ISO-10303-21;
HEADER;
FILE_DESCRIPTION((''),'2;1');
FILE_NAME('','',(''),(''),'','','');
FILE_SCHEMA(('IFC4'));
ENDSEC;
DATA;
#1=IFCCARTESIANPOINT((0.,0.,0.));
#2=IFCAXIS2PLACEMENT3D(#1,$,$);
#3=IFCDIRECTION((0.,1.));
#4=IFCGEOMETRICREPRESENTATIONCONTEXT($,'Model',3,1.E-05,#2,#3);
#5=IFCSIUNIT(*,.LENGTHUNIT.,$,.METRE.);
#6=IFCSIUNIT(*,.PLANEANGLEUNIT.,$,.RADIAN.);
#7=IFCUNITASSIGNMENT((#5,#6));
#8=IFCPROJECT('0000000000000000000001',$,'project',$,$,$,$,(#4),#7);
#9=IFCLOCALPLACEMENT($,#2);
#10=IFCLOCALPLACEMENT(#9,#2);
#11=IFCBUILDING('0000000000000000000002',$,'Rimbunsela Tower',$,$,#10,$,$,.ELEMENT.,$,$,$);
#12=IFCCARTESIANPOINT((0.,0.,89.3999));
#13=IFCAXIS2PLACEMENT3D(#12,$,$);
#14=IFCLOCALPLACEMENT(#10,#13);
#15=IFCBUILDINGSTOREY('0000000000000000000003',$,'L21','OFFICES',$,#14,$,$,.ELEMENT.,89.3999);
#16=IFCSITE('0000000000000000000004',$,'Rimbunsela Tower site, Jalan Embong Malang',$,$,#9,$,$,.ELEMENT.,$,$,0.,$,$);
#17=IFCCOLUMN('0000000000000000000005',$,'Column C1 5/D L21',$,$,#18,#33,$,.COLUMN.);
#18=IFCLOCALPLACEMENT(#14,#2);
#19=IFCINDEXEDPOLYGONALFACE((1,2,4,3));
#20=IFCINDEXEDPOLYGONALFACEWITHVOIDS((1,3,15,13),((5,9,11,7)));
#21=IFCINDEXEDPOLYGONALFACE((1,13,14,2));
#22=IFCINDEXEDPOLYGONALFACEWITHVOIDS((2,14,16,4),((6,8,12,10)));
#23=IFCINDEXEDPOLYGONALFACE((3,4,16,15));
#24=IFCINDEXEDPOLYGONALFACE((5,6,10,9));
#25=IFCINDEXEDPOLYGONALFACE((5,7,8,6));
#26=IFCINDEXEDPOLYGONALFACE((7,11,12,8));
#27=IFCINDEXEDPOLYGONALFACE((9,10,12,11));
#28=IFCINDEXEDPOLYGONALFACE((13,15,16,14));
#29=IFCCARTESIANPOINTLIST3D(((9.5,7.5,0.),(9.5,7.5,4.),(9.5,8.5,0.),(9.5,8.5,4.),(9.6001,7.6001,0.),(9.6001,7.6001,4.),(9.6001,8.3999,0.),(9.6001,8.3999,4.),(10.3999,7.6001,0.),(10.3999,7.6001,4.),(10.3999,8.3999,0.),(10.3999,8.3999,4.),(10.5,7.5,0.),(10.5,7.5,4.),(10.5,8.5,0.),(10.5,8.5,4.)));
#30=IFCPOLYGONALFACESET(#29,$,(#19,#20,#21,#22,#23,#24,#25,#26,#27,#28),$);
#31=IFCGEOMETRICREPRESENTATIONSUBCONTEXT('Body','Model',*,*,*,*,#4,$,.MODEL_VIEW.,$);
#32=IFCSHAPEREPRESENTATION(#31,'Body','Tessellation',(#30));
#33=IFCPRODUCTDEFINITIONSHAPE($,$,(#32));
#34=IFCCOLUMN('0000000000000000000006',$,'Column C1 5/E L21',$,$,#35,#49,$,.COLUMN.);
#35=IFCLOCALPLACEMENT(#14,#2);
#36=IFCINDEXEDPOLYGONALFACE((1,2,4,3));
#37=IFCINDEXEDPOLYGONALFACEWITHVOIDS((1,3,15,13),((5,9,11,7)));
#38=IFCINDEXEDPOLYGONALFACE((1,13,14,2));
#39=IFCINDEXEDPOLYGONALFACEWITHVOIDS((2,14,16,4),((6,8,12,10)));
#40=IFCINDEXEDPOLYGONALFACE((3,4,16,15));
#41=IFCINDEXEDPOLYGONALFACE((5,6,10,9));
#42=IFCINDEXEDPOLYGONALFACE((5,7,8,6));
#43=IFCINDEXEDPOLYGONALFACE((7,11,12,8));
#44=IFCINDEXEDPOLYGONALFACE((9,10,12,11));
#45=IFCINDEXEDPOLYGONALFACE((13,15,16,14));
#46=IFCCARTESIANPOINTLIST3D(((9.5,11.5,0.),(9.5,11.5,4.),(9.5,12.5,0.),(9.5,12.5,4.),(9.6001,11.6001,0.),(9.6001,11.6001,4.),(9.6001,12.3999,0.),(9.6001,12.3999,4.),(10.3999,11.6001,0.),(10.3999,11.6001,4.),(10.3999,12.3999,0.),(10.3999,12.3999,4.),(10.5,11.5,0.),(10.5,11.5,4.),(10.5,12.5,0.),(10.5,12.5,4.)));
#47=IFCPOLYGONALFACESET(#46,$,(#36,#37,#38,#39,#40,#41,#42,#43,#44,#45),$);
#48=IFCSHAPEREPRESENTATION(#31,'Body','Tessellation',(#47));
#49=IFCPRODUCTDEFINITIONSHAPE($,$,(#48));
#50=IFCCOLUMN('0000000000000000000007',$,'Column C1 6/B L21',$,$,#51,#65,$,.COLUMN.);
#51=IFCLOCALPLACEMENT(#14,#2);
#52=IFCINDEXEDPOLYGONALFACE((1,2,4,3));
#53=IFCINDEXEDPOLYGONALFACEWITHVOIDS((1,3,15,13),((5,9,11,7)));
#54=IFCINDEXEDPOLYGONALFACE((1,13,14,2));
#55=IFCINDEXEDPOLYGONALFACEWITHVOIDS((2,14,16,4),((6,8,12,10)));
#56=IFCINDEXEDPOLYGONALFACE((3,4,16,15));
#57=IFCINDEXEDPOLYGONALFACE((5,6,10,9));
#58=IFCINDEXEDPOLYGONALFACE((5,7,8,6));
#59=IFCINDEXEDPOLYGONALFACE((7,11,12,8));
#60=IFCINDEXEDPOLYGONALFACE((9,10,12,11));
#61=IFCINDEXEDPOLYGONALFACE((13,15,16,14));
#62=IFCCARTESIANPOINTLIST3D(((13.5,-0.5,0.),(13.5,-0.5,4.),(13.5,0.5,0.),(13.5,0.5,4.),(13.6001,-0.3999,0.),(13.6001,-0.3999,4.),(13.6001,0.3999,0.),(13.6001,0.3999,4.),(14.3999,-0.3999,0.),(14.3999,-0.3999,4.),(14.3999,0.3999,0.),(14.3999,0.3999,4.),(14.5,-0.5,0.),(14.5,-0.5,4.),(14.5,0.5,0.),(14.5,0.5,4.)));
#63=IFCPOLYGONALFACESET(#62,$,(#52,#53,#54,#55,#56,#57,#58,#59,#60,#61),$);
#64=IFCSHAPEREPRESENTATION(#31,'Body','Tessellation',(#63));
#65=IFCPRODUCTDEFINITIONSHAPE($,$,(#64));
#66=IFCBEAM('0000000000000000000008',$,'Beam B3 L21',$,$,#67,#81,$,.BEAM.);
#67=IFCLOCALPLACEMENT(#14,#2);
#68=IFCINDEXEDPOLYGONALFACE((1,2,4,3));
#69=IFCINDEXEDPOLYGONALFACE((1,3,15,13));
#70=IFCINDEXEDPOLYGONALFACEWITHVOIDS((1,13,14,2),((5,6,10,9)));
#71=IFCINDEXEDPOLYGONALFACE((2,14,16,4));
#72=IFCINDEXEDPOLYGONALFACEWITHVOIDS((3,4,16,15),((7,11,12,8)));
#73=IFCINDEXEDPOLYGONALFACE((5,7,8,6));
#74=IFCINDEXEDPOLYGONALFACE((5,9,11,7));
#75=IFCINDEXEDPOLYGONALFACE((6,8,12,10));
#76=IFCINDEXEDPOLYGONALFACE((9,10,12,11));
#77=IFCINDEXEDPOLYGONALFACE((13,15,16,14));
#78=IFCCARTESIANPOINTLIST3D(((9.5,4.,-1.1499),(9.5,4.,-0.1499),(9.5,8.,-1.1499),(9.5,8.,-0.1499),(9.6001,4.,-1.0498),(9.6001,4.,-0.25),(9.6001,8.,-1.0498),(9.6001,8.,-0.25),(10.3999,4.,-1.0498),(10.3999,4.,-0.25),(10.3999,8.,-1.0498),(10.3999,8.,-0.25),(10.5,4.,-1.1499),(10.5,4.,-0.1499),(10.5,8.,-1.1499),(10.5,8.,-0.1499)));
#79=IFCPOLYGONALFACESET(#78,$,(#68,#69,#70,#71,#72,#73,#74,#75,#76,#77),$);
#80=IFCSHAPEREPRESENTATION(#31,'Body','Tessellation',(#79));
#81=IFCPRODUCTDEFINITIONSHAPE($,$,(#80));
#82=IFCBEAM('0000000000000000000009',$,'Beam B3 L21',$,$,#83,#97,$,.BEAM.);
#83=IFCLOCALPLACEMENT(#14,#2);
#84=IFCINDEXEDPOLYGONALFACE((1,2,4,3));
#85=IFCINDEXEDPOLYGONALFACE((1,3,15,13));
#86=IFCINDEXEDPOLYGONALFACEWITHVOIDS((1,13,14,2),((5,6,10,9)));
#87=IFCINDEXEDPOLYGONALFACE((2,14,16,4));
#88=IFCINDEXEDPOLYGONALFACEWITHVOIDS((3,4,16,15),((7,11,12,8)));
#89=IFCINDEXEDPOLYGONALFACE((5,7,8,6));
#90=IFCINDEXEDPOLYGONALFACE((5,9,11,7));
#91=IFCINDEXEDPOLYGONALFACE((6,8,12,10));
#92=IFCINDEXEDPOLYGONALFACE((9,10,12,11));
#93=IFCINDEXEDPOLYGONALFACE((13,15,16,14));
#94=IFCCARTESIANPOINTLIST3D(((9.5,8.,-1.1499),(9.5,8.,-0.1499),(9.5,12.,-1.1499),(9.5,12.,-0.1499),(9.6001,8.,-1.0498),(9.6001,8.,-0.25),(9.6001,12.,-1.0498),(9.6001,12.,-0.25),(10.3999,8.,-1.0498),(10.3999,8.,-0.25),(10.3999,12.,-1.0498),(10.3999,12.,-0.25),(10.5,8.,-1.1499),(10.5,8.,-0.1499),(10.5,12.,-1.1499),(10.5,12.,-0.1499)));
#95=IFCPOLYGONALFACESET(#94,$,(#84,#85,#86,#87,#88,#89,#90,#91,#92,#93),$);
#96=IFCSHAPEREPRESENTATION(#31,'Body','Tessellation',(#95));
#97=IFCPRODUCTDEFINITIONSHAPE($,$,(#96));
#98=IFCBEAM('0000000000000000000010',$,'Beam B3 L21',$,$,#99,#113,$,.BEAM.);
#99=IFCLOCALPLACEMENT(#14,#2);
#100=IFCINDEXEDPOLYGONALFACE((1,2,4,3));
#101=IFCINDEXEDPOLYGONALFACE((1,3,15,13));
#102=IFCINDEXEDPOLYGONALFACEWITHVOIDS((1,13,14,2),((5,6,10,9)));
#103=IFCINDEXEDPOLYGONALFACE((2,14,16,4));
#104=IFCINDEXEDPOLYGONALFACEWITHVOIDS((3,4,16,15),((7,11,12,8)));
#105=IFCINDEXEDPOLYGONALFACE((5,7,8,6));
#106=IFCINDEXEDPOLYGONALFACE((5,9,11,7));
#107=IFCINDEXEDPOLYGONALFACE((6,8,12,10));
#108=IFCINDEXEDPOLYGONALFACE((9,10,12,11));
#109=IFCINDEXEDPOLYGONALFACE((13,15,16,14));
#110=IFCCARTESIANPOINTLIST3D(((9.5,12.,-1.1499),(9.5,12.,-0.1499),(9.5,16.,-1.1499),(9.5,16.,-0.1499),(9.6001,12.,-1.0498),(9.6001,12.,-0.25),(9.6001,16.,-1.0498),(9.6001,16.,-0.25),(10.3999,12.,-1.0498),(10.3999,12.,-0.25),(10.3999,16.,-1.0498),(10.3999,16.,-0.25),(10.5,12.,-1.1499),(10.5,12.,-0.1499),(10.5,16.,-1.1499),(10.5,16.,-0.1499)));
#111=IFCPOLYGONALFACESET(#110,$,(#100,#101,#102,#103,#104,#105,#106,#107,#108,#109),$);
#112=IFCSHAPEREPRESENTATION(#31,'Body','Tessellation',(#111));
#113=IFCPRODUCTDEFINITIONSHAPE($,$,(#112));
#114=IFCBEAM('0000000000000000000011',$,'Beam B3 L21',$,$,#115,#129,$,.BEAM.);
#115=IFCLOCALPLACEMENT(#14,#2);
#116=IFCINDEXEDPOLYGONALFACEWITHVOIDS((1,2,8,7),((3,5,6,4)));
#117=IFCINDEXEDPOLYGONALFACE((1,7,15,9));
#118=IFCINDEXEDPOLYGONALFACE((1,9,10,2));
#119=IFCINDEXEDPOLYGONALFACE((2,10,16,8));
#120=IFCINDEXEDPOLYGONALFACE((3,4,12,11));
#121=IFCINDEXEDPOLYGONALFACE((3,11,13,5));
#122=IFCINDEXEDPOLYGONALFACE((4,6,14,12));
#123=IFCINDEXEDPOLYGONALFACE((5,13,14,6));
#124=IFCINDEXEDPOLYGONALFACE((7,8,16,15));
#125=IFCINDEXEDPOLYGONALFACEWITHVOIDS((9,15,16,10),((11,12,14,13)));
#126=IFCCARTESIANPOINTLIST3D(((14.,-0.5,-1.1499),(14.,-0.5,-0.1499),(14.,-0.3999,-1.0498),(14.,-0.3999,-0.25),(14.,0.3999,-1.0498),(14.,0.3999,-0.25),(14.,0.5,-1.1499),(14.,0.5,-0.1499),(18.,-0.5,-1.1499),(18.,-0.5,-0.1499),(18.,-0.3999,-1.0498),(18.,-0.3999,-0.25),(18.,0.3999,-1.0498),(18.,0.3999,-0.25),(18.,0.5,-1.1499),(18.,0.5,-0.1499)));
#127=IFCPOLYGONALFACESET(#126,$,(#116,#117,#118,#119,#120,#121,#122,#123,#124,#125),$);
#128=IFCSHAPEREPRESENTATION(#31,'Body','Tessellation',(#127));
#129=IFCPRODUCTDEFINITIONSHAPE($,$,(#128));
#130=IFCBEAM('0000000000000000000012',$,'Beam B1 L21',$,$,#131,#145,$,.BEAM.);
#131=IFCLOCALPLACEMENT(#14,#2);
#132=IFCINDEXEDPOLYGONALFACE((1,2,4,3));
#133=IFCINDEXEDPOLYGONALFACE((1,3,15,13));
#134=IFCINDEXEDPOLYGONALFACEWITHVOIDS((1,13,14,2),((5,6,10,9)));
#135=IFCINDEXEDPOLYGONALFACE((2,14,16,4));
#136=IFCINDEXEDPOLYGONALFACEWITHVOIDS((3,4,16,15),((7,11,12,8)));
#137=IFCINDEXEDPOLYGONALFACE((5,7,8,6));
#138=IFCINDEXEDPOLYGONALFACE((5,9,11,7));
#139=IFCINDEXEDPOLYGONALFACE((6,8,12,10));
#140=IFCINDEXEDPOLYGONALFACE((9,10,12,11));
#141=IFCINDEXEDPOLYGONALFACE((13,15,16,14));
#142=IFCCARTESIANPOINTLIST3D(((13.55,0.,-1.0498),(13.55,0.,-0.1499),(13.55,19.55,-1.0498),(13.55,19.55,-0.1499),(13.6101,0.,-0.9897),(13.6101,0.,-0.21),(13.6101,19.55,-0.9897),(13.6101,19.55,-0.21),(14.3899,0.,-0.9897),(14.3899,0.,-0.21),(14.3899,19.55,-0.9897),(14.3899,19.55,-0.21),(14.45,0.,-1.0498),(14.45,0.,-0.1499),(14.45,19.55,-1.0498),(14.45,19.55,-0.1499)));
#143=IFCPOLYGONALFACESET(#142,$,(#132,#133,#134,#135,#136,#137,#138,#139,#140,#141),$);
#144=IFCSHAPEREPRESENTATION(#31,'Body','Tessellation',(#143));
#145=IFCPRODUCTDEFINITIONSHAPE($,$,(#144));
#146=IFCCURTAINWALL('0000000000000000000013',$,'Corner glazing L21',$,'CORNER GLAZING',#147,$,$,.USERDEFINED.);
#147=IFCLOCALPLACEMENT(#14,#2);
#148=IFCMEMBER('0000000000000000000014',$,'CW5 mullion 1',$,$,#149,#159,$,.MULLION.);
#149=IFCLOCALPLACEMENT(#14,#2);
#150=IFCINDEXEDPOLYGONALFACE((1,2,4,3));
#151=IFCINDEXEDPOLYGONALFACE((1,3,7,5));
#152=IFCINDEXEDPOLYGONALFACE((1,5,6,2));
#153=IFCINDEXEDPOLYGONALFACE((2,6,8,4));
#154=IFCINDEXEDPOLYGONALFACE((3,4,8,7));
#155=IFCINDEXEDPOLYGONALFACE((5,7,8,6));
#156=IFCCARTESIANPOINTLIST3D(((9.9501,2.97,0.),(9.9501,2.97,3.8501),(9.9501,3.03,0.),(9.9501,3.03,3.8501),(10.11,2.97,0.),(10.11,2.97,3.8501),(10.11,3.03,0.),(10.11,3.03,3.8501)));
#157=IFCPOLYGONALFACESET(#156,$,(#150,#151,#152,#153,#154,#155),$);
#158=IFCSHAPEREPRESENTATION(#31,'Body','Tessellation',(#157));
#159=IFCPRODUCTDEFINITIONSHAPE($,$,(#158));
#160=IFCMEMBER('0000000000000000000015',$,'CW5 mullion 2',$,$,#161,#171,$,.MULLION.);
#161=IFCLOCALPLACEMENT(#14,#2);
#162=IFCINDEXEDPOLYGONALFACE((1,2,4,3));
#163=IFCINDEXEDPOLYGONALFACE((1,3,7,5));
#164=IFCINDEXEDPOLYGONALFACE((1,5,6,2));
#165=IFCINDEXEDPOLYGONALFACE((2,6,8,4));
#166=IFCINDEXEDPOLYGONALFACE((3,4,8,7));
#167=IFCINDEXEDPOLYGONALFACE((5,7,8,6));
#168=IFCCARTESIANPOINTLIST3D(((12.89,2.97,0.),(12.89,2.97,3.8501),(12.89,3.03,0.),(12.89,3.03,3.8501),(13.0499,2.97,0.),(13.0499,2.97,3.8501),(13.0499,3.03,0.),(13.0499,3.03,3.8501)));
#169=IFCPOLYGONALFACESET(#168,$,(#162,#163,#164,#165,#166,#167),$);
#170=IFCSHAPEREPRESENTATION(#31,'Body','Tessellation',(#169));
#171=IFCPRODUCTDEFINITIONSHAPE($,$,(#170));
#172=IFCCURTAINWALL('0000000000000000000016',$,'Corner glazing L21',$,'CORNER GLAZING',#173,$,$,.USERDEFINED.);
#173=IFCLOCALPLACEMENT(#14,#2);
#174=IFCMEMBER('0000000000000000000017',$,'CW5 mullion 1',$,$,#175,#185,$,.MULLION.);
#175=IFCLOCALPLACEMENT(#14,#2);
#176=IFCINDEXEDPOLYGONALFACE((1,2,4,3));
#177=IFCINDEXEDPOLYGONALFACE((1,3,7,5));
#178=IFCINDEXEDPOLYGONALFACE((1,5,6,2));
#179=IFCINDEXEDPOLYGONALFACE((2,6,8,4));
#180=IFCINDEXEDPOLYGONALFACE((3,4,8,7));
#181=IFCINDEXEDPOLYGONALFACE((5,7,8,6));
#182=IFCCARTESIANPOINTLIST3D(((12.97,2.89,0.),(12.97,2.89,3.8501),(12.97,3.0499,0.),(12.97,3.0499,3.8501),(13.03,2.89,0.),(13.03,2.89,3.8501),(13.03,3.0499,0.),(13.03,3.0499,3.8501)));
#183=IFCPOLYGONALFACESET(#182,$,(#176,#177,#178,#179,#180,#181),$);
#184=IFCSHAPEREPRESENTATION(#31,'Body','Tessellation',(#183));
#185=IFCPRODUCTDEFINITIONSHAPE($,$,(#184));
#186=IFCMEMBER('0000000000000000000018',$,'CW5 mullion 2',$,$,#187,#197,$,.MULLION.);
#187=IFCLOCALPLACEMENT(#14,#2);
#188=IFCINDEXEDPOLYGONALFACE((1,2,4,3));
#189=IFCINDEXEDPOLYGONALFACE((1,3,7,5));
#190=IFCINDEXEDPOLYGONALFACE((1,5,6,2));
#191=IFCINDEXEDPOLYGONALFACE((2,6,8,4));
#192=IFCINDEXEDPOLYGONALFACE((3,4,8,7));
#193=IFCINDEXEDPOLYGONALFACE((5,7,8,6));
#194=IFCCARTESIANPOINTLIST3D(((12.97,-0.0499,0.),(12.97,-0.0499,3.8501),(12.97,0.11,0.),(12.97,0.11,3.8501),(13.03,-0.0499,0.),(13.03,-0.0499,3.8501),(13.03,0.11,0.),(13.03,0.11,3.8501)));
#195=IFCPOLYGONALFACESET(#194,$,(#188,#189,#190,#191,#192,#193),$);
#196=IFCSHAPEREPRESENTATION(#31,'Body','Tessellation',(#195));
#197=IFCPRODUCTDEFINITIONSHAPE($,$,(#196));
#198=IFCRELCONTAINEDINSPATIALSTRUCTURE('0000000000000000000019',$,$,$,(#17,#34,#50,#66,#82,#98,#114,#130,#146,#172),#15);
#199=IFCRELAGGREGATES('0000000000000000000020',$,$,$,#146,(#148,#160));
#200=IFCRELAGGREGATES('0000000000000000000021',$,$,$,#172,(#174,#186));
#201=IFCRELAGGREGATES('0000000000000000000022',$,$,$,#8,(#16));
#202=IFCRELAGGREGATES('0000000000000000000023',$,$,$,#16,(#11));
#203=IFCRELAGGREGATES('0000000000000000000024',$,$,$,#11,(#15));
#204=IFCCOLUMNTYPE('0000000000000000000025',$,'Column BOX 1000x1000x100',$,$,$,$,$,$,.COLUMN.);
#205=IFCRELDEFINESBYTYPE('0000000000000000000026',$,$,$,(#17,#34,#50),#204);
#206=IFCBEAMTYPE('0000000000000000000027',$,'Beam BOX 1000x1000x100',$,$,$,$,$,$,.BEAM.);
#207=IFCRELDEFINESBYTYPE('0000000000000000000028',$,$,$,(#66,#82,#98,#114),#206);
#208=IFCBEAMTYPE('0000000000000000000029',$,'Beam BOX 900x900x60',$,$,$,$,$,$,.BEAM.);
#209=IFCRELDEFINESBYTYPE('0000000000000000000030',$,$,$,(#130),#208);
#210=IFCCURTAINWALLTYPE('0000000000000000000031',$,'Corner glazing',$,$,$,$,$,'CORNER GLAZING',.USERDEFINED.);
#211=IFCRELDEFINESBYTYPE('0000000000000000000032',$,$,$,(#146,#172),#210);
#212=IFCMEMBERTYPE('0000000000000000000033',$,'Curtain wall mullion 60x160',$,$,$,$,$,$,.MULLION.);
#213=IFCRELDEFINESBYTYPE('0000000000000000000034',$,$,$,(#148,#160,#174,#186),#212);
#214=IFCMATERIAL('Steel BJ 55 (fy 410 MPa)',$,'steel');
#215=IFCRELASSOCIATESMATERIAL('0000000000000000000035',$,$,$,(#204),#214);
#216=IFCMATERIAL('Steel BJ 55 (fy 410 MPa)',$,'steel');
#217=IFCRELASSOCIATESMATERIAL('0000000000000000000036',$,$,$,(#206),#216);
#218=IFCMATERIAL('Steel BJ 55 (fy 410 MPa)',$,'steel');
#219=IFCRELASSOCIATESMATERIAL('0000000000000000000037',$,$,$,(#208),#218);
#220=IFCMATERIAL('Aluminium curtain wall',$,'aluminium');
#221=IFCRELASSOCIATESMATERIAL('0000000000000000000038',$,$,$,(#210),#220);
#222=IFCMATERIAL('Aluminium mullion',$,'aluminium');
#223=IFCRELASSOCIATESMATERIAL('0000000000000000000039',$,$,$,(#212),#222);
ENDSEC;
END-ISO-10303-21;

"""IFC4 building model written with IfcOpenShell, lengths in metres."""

from ifc_helpers import new_model, si_unit, direction, frame, origin, origin_2d, place, context, subcontext, project, spatial, rectangle, hollow_rectangle, extrude, material, material_profile, profile_set, type_object, element, aggregate, save


model = new_model("IFC4")

# Units and contexts
model_context = context("Model", 3, precision=1e-05, world=origin(), true_north=direction((0.0, 1.0)))
body_context = subcontext(model_context, "Body", "Model", "MODEL_VIEW")
ifc_project = project(units=[si_unit("LENGTHUNIT", "METRE"), si_unit("PLANEANGLEUNIT", "RADIAN")], contexts=[model_context])

# Site, building, storey
site_placement = place(None, origin())
site = spatial("IfcSite", under=ifc_project, at=site_placement, Name="Rimbunsela Tower site, Jalan Embong Malang", CompositionType="ELEMENT", RefElevation=0.0)
building_placement = place(site_placement, origin())
building = spatial("IfcBuilding", under=site, at=building_placement, Name="Rimbunsela Tower", CompositionType="ELEMENT")
storey_placement = place(building_placement, frame((0.0, 0.0, 89.3999)))
storey = spatial("IfcBuildingStorey", under=building, at=storey_placement, Name="L21", Description="OFFICES", CompositionType="ELEMENT", Elevation=89.3999)

# Columns
ifc_material_1 = material(Name="Steel BJ 55 (fy 410 MPa)", Category="steel")
ifc_material_profile_1 = material_profile(ifc_material_1, hollow_rectangle(XDim=1.0, YDim=1.0, WallThickness=0.1001, at=origin_2d()), Name="BOX 1000x1000x100")
ifc_profile_set_1 = profile_set([ifc_material_profile_1], Name="Steel BJ 55 (fy 410 MPa)")
column_type = type_object("IfcColumnType", Name="Column BOX 1000x1000x100", PredefinedType="COLUMN", material=ifc_profile_set_1)
for number, where, z_axis, x_axis, name in (
    (1, (10.0, 8.0, 0.0), (0.0, 0.0, 1.0), (1.0, 0.0, 0.0), "Column C1 5/D L21"),
    (2, (10.0, 12.0, 0.0), (0.0, 0.0, 1.0), (1.0, 0.0, 0.0), "Column C1 5/E L21"),
    (3, (14.0, 0.0, 0.0), (0.0, 0.0, 1.0), (1.0, 0.0, 0.0), "Column C1 6/B L21"),
):
    element("IfcColumn", number, at=place(storey_placement, frame(where, z_axis=z_axis, x_axis=x_axis)), inside=storey, type_object=column_type, Name=name, PredefinedType="COLUMN", context=body_context, shape_type="SweptSolid", body=[
        extrude(hollow_rectangle(XDim=1.0, YDim=1.0, WallThickness=0.1001, at=origin_2d()), origin(), (0.0, 0.0, 1.0), 4.0),
    ])

# Beams
ifc_material_2 = material(Name="Steel BJ 55 (fy 410 MPa)", Category="steel")
ifc_material_profile_2 = material_profile(ifc_material_2, hollow_rectangle(XDim=1.0, YDim=1.0, WallThickness=0.1001, at=origin_2d()), Name="BOX 1000x1000x100")
ifc_profile_set_2 = profile_set([ifc_material_profile_2], Name="Steel BJ 55 (fy 410 MPa)")
beam_type_1 = type_object("IfcBeamType", Name="Beam BOX 1000x1000x100", PredefinedType="BEAM", material=ifc_profile_set_2)
for number, where, z_axis, x_axis, name in (
    (4, (10.0, 4.0, -0.6499), (0.0, 1.0, 0.0), (-1.0, 0.0, 0.0), "Beam B3 L21"),
    (5, (10.0, 8.0, -0.6499), (0.0, 1.0, 0.0), (-1.0, 0.0, 0.0), "Beam B3 L21"),
    (6, (10.0, 12.0, -0.6499), (0.0, 1.0, 0.0), (-1.0, 0.0, 0.0), "Beam B3 L21"),
    (7, (14.0, 0.0, -0.6499), (1.0, 0.0, 0.0), (0.0, 1.0, 0.0), "Beam B3 L21"),
):
    element("IfcBeam", number, at=place(storey_placement, frame(where, z_axis=z_axis, x_axis=x_axis)), inside=storey, type_object=beam_type_1, Name=name, PredefinedType="BEAM", context=body_context, shape_type="SweptSolid", body=[
        extrude(hollow_rectangle(XDim=1.0, YDim=1.0, WallThickness=0.1001, at=origin_2d()), origin(), (0.0, 0.0, 1.0), 4.0),
    ])
ifc_material_3 = material(Name="Steel BJ 55 (fy 410 MPa)", Category="steel")
ifc_material_profile_3 = material_profile(ifc_material_3, hollow_rectangle(XDim=0.8999, YDim=0.8999, WallThickness=0.0601, at=origin_2d()), Name="BOX 900x900x60")
ifc_profile_set_3 = profile_set([ifc_material_profile_3], Name="Steel BJ 55 (fy 410 MPa)")
beam_type_2 = type_object("IfcBeamType", Name="Beam BOX 900x900x60", PredefinedType="BEAM", material=ifc_profile_set_3)
beam_placement = place(storey_placement, frame((14.0, 0.0, -0.5999), z_axis=(0.0, 1.0, 0.0), x_axis=(-1.0, 0.0, 0.0)))
element("IfcBeam", 8, at=beam_placement, inside=storey, type_object=beam_type_2, Name="Beam B1 L21", PredefinedType="BEAM", context=body_context, shape_type="SweptSolid", body=[
    extrude(hollow_rectangle(XDim=0.8999, YDim=0.8999, WallThickness=0.0601, at=origin_2d()), origin(), (0.0, 0.0, 1.0), 19.55),
])

# Curtain walls, members
ifc_material_4 = material(Name="Aluminium curtain wall", Category="aluminium")
curtain_wall_type = type_object("IfcCurtainWallType", Name="Corner glazing", ElementType="CORNER GLAZING", PredefinedType="USERDEFINED", material=ifc_material_4)
curtain_wall_1_placement = place(storey_placement, origin())
curtain_wall_1 = element("IfcCurtainWall", 9, at=curtain_wall_1_placement, inside=storey, type_object=curtain_wall_type, Name="Corner glazing L21", ObjectType="CORNER GLAZING", PredefinedType="USERDEFINED")
ifc_material_5 = material(Name="Aluminium mullion", Category="aluminium")
ifc_material_profile_4 = material_profile(ifc_material_5, rectangle(XDim=0.0601, YDim=0.1599, at=origin_2d()), Name="Mullion 60x160")
ifc_profile_set_4 = profile_set([ifc_material_profile_4], Name="Aluminium mullion")
member_type_1 = type_object("IfcMemberType", Name="Curtain wall mullion 60x160", PredefinedType="MULLION", material=ifc_profile_set_4)
member_1_placement = place(storey_placement, frame((10.03, 3.0, 0.0), z_axis=(0.0, 0.0, 1.0), x_axis=(0.0, 1.0, 0.0)))
member_1 = element("IfcMember", 10, at=member_1_placement, type_object=member_type_1, Name="CW5 mullion 1", PredefinedType="MULLION", context=body_context, shape_type="SweptSolid", body=[
    extrude(rectangle(XDim=0.0601, YDim=0.1599, at=origin_2d()), origin(), (0.0, 0.0, 1.0), 3.8501),
])
member_2_placement = place(storey_placement, frame((12.97, 3.0, 0.0), z_axis=(0.0, 0.0, 1.0), x_axis=(0.0, 1.0, 0.0)))
member_2 = element("IfcMember", 11, at=member_2_placement, type_object=member_type_1, Name="CW5 mullion 2", PredefinedType="MULLION", context=body_context, shape_type="SweptSolid", body=[
    extrude(rectangle(XDim=0.0601, YDim=0.1599, at=origin_2d()), origin(), (0.0, 0.0, 1.0), 3.8501),
])
curtain_wall_2_placement = place(storey_placement, origin())
curtain_wall_2 = element("IfcCurtainWall", 12, at=curtain_wall_2_placement, inside=storey, type_object=curtain_wall_type, Name="Corner glazing L21", ObjectType="CORNER GLAZING", PredefinedType="USERDEFINED")
member_3_placement = place(storey_placement, frame((13.0, 2.97, 0.0), z_axis=(0.0, 0.0, 1.0), x_axis=(1.0, 0.0, 0.0)))
member_3 = element("IfcMember", 13, at=member_3_placement, type_object=member_type_1, Name="CW5 mullion 1", PredefinedType="MULLION", context=body_context, shape_type="SweptSolid", body=[
    extrude(rectangle(XDim=0.0601, YDim=0.1599, at=origin_2d()), origin(), (0.0, 0.0, 1.0), 3.8501),
])
member_4_placement = place(storey_placement, frame((13.0, 0.03, 0.0), z_axis=(0.0, 0.0, 1.0), x_axis=(1.0, 0.0, 0.0)))
member_4 = element("IfcMember", 14, at=member_4_placement, type_object=member_type_1, Name="CW5 mullion 2", PredefinedType="MULLION", context=body_context, shape_type="SweptSolid", body=[
    extrude(rectangle(XDim=0.0601, YDim=0.1599, at=origin_2d()), origin(), (0.0, 0.0, 1.0), 3.8501),
])

aggregate(curtain_wall_1, [member_1, member_2])
aggregate(curtain_wall_2, [member_3, member_4])

save(model, "model.ifc")
